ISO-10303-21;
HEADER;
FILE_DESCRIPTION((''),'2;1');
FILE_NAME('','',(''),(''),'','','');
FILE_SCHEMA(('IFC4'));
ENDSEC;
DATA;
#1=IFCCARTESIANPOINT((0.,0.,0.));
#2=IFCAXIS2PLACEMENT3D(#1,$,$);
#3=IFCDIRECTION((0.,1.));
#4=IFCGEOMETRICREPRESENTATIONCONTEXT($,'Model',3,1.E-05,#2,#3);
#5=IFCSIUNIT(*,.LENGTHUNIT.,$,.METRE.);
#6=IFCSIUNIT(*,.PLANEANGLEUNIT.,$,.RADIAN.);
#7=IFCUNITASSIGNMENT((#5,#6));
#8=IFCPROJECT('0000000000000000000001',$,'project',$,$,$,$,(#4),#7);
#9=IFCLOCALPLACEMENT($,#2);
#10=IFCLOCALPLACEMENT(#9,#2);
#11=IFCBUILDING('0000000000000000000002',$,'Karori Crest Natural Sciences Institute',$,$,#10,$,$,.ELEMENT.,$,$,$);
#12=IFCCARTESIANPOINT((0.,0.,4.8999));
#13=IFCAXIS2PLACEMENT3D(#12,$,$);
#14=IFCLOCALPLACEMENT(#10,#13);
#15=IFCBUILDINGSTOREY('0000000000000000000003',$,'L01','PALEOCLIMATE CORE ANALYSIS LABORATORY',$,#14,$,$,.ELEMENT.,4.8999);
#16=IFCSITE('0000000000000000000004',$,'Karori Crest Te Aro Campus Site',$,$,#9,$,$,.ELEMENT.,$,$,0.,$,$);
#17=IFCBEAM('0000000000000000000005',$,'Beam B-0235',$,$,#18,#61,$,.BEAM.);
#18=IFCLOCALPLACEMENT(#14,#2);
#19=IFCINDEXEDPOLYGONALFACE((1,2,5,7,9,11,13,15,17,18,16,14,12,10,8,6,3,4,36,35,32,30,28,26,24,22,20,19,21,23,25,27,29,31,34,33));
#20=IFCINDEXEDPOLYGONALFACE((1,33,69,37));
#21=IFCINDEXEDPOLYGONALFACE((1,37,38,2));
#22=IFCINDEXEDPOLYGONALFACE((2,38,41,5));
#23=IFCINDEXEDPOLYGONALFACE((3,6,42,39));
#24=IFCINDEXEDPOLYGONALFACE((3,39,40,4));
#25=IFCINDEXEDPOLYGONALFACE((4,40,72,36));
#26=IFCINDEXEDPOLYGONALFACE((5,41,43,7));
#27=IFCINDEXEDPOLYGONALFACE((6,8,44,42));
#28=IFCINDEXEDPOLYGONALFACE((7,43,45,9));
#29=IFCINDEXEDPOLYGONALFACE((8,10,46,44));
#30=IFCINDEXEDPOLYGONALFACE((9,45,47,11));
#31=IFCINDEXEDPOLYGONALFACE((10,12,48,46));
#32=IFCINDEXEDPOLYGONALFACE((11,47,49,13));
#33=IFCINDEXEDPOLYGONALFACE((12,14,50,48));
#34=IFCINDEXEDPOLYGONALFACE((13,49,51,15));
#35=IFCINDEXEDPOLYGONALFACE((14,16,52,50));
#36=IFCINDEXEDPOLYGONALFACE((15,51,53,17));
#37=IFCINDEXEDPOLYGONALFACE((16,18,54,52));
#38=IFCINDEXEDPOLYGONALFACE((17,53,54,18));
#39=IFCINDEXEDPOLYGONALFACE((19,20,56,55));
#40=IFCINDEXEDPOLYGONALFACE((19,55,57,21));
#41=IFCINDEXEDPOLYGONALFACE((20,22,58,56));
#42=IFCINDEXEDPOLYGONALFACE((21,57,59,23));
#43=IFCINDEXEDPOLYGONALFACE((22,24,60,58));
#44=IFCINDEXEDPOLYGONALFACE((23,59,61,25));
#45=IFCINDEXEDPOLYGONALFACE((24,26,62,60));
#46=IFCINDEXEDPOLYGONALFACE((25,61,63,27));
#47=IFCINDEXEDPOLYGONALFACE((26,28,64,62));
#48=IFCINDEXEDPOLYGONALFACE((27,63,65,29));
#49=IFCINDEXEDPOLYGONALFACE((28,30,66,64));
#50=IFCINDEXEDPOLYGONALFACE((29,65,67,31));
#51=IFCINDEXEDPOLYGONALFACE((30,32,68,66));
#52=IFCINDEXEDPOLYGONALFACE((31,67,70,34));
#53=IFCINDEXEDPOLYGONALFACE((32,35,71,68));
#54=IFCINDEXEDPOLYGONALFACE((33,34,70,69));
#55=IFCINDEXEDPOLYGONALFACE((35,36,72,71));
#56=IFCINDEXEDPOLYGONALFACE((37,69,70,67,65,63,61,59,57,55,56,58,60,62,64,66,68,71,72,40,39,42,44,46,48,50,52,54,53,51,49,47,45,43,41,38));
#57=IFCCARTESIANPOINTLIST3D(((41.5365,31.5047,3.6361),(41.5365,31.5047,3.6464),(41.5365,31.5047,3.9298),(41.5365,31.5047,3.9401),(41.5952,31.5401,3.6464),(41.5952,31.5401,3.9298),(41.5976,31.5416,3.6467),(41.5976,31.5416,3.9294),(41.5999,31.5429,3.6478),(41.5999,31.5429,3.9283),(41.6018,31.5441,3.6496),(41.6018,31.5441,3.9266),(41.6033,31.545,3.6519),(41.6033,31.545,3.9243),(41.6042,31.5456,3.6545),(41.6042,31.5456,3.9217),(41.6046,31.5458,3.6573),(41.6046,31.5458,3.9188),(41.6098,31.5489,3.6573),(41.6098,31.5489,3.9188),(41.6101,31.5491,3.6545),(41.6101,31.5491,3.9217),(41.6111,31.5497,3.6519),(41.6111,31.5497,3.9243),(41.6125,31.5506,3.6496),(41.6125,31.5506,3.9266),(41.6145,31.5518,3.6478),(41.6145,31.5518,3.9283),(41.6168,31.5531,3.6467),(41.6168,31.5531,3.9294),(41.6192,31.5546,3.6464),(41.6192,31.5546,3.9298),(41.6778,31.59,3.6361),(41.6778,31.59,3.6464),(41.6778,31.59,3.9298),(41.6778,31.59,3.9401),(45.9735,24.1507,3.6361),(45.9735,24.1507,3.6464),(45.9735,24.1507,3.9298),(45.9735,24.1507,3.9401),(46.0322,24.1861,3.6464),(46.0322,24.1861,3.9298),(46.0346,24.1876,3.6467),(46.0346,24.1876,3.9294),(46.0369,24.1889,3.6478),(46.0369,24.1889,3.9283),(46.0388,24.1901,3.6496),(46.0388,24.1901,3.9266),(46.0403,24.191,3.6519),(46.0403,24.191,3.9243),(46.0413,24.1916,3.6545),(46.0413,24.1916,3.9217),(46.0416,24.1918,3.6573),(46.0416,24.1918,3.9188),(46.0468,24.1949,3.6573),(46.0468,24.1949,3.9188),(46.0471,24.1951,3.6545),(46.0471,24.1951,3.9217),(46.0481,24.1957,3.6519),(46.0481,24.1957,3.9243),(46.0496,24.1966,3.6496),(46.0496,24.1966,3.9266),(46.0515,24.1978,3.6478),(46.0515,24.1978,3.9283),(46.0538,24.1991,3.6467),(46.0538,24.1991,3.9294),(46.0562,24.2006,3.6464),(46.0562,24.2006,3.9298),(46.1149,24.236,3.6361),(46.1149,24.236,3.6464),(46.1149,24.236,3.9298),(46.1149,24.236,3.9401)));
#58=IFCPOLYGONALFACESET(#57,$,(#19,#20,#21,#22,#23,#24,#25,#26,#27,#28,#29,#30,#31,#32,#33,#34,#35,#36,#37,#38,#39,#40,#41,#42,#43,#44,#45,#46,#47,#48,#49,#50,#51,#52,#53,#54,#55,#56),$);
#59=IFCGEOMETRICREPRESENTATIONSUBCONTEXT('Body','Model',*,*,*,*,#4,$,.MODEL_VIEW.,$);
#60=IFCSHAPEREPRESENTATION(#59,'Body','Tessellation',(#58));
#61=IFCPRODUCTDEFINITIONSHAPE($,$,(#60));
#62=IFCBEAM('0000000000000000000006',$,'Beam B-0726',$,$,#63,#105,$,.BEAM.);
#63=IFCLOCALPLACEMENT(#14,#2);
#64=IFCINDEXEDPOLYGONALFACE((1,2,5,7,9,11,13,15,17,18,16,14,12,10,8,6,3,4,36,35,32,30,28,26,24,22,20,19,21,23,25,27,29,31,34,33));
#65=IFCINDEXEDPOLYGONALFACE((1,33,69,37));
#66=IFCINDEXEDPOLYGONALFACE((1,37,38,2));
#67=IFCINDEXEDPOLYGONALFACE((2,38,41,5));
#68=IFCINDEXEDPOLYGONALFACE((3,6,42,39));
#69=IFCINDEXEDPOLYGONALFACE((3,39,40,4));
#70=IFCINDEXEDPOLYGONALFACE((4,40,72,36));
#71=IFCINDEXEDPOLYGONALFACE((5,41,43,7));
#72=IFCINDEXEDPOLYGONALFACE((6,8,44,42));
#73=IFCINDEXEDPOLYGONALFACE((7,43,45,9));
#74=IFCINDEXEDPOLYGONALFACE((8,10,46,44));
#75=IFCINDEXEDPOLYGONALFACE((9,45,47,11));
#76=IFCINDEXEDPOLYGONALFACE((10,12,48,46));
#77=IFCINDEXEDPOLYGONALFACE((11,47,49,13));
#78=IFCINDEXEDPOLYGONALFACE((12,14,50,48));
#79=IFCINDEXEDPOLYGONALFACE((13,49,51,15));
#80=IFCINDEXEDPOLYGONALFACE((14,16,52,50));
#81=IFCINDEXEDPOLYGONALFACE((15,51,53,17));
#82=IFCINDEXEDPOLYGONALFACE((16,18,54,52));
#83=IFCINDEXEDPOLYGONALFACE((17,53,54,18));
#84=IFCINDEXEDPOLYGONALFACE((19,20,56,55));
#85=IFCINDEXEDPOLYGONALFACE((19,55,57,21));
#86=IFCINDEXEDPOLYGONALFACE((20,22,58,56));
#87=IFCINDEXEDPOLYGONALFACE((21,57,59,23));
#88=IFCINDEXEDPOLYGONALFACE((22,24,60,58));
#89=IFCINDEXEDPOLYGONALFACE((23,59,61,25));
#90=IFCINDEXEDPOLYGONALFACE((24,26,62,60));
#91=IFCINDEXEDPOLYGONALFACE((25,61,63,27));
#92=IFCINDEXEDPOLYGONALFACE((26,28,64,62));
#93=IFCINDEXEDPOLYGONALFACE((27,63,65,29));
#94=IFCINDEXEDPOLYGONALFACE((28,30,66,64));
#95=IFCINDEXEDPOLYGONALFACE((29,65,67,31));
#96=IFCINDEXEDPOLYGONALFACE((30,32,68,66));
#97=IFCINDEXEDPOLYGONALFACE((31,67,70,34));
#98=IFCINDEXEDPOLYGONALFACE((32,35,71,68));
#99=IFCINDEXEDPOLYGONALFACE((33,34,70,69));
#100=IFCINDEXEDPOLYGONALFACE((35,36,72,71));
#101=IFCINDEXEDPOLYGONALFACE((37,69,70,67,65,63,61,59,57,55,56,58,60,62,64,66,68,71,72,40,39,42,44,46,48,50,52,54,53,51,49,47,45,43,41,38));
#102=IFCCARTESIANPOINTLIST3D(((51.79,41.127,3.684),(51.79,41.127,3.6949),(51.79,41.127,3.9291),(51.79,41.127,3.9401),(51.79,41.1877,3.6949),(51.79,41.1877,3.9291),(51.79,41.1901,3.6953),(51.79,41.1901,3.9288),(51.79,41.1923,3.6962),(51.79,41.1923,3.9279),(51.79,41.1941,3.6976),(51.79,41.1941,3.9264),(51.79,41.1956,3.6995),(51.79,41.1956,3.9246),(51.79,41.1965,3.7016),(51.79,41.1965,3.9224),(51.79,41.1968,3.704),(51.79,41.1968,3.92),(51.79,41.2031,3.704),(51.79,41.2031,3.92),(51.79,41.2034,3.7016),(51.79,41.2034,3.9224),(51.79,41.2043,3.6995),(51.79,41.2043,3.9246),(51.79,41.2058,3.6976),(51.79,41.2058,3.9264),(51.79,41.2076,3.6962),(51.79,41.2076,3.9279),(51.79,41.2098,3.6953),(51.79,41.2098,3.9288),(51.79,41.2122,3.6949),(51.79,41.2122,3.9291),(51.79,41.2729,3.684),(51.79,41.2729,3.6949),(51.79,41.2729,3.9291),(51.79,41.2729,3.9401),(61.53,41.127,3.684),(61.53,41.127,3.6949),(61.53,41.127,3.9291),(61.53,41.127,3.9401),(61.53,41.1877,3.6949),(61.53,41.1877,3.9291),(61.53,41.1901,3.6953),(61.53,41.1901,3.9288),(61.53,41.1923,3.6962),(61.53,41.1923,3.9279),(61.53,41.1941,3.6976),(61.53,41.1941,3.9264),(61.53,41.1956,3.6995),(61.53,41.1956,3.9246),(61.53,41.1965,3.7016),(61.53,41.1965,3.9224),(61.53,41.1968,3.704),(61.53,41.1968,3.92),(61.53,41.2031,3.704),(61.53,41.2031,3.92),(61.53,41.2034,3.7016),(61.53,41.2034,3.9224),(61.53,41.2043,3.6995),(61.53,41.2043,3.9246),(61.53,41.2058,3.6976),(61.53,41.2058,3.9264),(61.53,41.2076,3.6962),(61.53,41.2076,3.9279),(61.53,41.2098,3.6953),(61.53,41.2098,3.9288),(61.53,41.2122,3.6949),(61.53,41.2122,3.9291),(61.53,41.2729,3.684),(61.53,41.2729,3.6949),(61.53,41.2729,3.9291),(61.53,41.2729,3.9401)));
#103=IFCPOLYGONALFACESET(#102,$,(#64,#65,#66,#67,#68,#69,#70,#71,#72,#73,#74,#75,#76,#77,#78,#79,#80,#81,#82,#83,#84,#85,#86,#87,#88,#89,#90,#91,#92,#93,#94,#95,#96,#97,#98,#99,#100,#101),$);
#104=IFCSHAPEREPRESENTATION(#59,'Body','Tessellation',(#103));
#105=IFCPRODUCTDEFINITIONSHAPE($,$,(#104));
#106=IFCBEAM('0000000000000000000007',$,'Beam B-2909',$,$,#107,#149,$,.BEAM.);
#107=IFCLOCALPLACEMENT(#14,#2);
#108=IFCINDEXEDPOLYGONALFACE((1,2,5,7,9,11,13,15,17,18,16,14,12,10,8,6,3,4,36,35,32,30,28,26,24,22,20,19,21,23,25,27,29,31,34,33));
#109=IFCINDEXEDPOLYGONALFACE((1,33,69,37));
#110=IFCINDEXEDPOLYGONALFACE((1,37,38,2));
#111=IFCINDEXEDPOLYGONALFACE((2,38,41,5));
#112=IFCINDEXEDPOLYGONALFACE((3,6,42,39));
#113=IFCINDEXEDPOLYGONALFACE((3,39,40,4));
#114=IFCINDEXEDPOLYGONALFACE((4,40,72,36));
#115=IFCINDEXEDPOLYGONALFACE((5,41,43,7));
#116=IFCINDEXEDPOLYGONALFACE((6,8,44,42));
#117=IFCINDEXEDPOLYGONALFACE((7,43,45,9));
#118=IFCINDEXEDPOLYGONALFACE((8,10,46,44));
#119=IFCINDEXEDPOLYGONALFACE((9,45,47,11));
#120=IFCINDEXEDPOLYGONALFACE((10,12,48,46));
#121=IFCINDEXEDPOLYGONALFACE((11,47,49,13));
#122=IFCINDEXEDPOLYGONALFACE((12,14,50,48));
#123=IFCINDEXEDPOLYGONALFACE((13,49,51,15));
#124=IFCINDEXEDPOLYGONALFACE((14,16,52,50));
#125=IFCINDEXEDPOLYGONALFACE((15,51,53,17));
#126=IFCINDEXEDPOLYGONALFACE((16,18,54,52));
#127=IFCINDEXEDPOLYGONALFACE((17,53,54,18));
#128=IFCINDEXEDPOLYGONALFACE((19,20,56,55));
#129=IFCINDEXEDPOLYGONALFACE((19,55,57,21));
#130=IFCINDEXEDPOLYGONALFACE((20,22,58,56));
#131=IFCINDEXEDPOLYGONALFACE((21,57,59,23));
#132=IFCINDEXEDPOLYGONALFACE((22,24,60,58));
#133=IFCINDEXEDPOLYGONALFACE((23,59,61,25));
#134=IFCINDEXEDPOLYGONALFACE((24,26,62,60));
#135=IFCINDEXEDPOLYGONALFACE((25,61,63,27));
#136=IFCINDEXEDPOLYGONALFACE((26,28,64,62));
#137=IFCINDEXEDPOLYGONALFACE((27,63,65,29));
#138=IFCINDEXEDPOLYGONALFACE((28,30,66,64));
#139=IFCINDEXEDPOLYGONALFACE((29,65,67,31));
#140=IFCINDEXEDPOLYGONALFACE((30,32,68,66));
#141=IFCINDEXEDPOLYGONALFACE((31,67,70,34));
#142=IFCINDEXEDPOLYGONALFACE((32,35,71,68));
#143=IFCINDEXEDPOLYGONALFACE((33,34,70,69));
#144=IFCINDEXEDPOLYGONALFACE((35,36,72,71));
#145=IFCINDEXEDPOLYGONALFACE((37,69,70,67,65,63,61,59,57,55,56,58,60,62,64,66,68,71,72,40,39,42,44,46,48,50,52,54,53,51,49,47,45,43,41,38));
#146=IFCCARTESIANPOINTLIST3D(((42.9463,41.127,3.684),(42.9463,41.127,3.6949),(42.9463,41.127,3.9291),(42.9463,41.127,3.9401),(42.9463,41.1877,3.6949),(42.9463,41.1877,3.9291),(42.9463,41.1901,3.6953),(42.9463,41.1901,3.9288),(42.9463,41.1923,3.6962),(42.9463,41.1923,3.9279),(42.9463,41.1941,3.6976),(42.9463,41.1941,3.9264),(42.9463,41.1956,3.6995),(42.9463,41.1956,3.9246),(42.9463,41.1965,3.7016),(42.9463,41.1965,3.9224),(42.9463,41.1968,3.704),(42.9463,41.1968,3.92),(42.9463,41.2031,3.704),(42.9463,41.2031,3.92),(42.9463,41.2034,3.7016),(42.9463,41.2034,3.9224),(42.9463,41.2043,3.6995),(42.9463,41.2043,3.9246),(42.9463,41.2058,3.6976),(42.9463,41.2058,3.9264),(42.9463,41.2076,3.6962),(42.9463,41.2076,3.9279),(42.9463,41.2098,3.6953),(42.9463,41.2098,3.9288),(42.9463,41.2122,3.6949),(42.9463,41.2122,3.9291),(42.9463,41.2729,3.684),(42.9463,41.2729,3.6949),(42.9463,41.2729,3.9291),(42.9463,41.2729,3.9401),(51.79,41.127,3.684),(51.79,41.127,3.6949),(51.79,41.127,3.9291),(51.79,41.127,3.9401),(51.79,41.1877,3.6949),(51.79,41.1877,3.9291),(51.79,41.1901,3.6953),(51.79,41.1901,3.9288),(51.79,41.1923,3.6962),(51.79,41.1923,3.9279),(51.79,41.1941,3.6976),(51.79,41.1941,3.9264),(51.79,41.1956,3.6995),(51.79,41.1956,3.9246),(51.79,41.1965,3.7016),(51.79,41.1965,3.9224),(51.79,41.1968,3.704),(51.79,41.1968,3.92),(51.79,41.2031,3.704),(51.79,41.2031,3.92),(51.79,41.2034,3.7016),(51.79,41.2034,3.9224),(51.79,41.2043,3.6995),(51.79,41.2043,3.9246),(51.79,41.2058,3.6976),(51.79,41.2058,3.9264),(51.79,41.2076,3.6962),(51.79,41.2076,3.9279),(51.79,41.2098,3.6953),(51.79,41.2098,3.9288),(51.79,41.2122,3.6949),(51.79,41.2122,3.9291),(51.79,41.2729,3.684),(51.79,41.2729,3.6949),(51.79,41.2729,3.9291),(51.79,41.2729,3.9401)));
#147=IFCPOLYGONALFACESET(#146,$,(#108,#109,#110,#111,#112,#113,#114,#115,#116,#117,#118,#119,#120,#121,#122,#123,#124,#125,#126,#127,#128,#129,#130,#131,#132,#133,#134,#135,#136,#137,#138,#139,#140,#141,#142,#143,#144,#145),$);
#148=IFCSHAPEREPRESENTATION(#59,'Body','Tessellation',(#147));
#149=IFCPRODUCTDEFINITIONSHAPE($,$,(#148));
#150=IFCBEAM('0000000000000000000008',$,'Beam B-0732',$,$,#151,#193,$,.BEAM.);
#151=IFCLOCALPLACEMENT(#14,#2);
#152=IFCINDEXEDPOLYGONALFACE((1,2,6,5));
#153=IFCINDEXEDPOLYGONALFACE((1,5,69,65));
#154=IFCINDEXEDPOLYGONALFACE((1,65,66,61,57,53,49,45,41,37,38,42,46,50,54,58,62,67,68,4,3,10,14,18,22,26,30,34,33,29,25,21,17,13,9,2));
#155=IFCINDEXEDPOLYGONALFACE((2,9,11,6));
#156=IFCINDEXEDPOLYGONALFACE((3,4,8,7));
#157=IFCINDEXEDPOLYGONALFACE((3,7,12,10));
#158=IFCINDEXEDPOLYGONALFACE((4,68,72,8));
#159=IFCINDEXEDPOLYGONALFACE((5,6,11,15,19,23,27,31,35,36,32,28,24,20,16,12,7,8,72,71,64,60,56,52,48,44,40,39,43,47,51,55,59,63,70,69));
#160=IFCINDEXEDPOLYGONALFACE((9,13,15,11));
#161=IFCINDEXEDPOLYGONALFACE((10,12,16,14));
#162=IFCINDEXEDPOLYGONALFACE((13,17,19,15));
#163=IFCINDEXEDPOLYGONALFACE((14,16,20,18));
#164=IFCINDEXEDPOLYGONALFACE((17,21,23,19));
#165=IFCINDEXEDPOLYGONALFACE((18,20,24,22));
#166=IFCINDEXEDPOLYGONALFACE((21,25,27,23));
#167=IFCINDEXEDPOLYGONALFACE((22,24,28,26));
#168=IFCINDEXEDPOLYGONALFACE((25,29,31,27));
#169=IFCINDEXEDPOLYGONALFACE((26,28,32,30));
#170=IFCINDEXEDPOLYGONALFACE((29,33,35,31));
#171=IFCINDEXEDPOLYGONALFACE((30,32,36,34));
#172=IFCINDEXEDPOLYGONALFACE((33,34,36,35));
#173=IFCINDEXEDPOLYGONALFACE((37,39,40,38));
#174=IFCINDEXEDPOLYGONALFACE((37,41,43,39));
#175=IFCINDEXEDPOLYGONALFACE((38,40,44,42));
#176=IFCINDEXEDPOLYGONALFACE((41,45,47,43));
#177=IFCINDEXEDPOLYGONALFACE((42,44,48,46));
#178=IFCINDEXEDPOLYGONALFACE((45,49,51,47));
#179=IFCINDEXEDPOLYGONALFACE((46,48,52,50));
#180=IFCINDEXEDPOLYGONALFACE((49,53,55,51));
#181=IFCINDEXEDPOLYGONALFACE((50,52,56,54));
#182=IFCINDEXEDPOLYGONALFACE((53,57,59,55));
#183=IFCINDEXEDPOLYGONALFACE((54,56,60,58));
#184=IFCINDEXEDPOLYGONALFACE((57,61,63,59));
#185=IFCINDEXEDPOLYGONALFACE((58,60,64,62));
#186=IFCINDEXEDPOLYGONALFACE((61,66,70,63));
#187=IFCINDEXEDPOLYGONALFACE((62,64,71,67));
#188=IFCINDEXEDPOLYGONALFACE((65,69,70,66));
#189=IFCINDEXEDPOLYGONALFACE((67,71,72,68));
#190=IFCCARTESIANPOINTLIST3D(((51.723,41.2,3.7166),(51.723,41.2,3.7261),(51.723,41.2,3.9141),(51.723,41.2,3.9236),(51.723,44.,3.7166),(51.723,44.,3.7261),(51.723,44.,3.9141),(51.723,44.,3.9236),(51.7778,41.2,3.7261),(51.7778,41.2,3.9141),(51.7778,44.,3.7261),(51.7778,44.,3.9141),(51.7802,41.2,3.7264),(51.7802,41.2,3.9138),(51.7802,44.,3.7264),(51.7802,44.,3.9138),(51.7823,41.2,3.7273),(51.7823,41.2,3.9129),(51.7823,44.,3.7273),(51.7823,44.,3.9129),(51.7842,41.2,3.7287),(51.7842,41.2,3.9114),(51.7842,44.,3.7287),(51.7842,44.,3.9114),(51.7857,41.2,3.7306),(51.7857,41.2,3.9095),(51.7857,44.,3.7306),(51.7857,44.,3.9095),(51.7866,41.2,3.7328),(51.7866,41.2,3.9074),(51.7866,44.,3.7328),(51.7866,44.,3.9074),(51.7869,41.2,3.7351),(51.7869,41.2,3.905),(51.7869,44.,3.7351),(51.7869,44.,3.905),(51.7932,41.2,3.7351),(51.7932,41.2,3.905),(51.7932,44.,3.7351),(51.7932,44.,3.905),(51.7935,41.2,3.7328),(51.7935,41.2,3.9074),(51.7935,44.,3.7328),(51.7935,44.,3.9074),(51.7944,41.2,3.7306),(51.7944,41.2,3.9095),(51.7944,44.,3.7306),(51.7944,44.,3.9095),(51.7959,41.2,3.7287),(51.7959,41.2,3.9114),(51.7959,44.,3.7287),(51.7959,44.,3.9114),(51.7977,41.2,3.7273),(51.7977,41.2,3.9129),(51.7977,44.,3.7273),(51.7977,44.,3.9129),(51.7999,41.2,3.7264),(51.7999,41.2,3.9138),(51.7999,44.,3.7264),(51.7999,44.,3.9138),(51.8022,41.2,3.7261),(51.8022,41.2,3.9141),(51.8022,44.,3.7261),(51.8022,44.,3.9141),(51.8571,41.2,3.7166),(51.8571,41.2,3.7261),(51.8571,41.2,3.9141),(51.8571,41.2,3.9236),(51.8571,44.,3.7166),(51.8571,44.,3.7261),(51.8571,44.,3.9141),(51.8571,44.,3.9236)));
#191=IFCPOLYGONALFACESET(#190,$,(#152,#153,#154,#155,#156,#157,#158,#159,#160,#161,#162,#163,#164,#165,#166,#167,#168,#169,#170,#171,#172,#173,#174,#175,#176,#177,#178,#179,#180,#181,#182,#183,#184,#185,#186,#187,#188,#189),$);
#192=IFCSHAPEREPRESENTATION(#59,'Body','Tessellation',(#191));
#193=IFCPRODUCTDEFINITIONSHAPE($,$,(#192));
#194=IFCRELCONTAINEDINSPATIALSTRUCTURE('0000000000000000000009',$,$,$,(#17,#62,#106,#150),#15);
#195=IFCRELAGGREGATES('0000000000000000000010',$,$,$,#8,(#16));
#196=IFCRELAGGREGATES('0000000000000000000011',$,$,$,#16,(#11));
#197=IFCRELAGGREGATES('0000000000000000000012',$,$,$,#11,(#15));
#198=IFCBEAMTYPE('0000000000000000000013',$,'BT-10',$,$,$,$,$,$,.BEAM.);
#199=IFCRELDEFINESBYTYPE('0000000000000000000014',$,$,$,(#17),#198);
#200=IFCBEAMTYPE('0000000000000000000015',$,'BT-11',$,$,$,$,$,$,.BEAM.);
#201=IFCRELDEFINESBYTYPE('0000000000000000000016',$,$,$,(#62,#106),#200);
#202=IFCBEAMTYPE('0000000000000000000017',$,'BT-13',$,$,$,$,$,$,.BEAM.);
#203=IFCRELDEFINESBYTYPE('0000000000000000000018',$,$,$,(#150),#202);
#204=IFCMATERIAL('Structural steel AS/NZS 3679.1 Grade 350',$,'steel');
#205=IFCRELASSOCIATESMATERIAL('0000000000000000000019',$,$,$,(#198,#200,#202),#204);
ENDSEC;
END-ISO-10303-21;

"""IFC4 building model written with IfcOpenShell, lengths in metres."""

from ifc_helpers import new_model, si_unit, direction, frame, origin, origin_2d, place, context, subcontext, project, spatial, i_section, extrude, material, material_profile, profile_set, type_object, element, save


model = new_model("IFC4")

# Units and contexts
model_context = context("Model", 3, precision=1e-05, world=origin(), true_north=direction((0.0, 1.0)))
body_context = subcontext(model_context, "Body", "Model", "MODEL_VIEW")
ifc_project = project(units=[si_unit("LENGTHUNIT", "METRE"), si_unit("PLANEANGLEUNIT", "RADIAN")], contexts=[model_context])

# Site, building, storey
site_placement = place(None, origin())
site = spatial("IfcSite", under=ifc_project, at=site_placement, Name="Karori Crest Te Aro Campus Site", CompositionType="ELEMENT", RefElevation=0.0)
building_placement = place(site_placement, origin())
building = spatial("IfcBuilding", under=site, at=building_placement, Name="Karori Crest Natural Sciences Institute", CompositionType="ELEMENT")
storey_placement = place(building_placement, frame((0.0, 0.0, 4.8999)))
storey = spatial("IfcBuildingStorey", under=building, at=storey_placement, Name="L01", Description="PALEOCLIMATE CORE ANALYSIS LABORATORY", CompositionType="ELEMENT", Elevation=4.8999)

# Shared definitions
ifc_material_1 = material(Name="Structural steel AS/NZS 3679.1 Grade 350", Category="steel")

# Beams
ifc_material_profile_1 = material_profile(ifc_material_1, i_section(OverallWidth=0.165, OverallDepth=0.304, WebThickness=0.0061, FlangeThickness=0.0103, FilletRadius=0.011, at=origin_2d()), Name="310UB40.4")
ifc_profile_set_1 = profile_set([ifc_material_profile_1], Name="Structural steel AS/NZS 3679.1 Grade 350")
beam_type_1 = type_object("IfcBeamType", Name="BT-10", PredefinedType="BEAM", material=ifc_profile_set_1)
beam_1_placement = place(storey_placement, frame((41.6072, 31.5474, 3.7881), z_axis=(0.516601, -0.856226, 0.0), x_axis=(0.856226, 0.516601, 0.0)))
element("IfcBeam", 1, at=beam_1_placement, inside=storey, type_object=beam_type_1, Name="Beam B-0235", PredefinedType="BEAM", context=body_context, shape_type="SweptSolid", body=[
    extrude(i_section(OverallWidth=0.165, OverallDepth=0.304, WebThickness=0.0061, FlangeThickness=0.0103, FilletRadius=0.011, at=origin_2d()), origin(), (0.0, 0.0, 1.0), 8.5889),
])
ifc_material_profile_2 = material_profile(ifc_material_1, i_section(OverallWidth=0.146, OverallDepth=0.2561, WebThickness=0.0063, FlangeThickness=0.011, FilletRadius=0.009, at=origin_2d()), Name="250UB37.3")
ifc_profile_set_2 = profile_set([ifc_material_profile_2], Name="Structural steel AS/NZS 3679.1 Grade 350")
beam_type_2 = type_object("IfcBeamType", Name="BT-11", PredefinedType="BEAM", material=ifc_profile_set_2)
beam_2_placement = place(storey_placement, frame((51.79, 41.2, 3.812), z_axis=(1.0, 0.0, 0.0), x_axis=(0.0, 1.0, 0.0)))
element("IfcBeam", 2, at=beam_2_placement, inside=storey, type_object=beam_type_2, Name="Beam B-0726", PredefinedType="BEAM", context=body_context, shape_type="SweptSolid", body=[
    extrude(i_section(OverallWidth=0.146, OverallDepth=0.2561, WebThickness=0.0063, FlangeThickness=0.011, FilletRadius=0.009, at=origin_2d()), origin(), (0.0, 0.0, 1.0), 9.74),
])
beam_3_placement = place(storey_placement, frame((42.9463, 41.2, 3.812), z_axis=(1.0, 0.0, 0.0), x_axis=(0.0, 1.0, 0.0)))
element("IfcBeam", 3, at=beam_3_placement, inside=storey, type_object=beam_type_2, Name="Beam B-2909", PredefinedType="BEAM", context=body_context, shape_type="SweptSolid", body=[
    extrude(i_section(OverallWidth=0.146, OverallDepth=0.2561, WebThickness=0.0063, FlangeThickness=0.011, FilletRadius=0.009, at=origin_2d()), origin(), (0.0, 0.0, 1.0), 8.8438),
])
ifc_material_profile_3 = material_profile(ifc_material_1, i_section(OverallWidth=0.134, OverallDepth=0.207, WebThickness=0.0063, FlangeThickness=0.0095, FilletRadius=0.009, at=origin_2d()), Name="200UB29.8")
ifc_profile_set_3 = profile_set([ifc_material_profile_3], Name="Structural steel AS/NZS 3679.1 Grade 350")
beam_type_3 = type_object("IfcBeamType", Name="BT-13", PredefinedType="BEAM", material=ifc_profile_set_3)
beam_4_placement = place(storey_placement, frame((51.79, 41.2, 3.8201), z_axis=(0.0, 1.0, 0.0), x_axis=(-1.0, 0.0, 0.0)))
element("IfcBeam", 4, at=beam_4_placement, inside=storey, type_object=beam_type_3, Name="Beam B-0732", PredefinedType="BEAM", context=body_context, shape_type="SweptSolid", body=[
    extrude(i_section(OverallWidth=0.134, OverallDepth=0.207, WebThickness=0.0063, FlangeThickness=0.0095, FilletRadius=0.009, at=origin_2d()), origin(), (0.0, 0.0, 1.0), 2.8),
])

save(model, "model.ifc")
